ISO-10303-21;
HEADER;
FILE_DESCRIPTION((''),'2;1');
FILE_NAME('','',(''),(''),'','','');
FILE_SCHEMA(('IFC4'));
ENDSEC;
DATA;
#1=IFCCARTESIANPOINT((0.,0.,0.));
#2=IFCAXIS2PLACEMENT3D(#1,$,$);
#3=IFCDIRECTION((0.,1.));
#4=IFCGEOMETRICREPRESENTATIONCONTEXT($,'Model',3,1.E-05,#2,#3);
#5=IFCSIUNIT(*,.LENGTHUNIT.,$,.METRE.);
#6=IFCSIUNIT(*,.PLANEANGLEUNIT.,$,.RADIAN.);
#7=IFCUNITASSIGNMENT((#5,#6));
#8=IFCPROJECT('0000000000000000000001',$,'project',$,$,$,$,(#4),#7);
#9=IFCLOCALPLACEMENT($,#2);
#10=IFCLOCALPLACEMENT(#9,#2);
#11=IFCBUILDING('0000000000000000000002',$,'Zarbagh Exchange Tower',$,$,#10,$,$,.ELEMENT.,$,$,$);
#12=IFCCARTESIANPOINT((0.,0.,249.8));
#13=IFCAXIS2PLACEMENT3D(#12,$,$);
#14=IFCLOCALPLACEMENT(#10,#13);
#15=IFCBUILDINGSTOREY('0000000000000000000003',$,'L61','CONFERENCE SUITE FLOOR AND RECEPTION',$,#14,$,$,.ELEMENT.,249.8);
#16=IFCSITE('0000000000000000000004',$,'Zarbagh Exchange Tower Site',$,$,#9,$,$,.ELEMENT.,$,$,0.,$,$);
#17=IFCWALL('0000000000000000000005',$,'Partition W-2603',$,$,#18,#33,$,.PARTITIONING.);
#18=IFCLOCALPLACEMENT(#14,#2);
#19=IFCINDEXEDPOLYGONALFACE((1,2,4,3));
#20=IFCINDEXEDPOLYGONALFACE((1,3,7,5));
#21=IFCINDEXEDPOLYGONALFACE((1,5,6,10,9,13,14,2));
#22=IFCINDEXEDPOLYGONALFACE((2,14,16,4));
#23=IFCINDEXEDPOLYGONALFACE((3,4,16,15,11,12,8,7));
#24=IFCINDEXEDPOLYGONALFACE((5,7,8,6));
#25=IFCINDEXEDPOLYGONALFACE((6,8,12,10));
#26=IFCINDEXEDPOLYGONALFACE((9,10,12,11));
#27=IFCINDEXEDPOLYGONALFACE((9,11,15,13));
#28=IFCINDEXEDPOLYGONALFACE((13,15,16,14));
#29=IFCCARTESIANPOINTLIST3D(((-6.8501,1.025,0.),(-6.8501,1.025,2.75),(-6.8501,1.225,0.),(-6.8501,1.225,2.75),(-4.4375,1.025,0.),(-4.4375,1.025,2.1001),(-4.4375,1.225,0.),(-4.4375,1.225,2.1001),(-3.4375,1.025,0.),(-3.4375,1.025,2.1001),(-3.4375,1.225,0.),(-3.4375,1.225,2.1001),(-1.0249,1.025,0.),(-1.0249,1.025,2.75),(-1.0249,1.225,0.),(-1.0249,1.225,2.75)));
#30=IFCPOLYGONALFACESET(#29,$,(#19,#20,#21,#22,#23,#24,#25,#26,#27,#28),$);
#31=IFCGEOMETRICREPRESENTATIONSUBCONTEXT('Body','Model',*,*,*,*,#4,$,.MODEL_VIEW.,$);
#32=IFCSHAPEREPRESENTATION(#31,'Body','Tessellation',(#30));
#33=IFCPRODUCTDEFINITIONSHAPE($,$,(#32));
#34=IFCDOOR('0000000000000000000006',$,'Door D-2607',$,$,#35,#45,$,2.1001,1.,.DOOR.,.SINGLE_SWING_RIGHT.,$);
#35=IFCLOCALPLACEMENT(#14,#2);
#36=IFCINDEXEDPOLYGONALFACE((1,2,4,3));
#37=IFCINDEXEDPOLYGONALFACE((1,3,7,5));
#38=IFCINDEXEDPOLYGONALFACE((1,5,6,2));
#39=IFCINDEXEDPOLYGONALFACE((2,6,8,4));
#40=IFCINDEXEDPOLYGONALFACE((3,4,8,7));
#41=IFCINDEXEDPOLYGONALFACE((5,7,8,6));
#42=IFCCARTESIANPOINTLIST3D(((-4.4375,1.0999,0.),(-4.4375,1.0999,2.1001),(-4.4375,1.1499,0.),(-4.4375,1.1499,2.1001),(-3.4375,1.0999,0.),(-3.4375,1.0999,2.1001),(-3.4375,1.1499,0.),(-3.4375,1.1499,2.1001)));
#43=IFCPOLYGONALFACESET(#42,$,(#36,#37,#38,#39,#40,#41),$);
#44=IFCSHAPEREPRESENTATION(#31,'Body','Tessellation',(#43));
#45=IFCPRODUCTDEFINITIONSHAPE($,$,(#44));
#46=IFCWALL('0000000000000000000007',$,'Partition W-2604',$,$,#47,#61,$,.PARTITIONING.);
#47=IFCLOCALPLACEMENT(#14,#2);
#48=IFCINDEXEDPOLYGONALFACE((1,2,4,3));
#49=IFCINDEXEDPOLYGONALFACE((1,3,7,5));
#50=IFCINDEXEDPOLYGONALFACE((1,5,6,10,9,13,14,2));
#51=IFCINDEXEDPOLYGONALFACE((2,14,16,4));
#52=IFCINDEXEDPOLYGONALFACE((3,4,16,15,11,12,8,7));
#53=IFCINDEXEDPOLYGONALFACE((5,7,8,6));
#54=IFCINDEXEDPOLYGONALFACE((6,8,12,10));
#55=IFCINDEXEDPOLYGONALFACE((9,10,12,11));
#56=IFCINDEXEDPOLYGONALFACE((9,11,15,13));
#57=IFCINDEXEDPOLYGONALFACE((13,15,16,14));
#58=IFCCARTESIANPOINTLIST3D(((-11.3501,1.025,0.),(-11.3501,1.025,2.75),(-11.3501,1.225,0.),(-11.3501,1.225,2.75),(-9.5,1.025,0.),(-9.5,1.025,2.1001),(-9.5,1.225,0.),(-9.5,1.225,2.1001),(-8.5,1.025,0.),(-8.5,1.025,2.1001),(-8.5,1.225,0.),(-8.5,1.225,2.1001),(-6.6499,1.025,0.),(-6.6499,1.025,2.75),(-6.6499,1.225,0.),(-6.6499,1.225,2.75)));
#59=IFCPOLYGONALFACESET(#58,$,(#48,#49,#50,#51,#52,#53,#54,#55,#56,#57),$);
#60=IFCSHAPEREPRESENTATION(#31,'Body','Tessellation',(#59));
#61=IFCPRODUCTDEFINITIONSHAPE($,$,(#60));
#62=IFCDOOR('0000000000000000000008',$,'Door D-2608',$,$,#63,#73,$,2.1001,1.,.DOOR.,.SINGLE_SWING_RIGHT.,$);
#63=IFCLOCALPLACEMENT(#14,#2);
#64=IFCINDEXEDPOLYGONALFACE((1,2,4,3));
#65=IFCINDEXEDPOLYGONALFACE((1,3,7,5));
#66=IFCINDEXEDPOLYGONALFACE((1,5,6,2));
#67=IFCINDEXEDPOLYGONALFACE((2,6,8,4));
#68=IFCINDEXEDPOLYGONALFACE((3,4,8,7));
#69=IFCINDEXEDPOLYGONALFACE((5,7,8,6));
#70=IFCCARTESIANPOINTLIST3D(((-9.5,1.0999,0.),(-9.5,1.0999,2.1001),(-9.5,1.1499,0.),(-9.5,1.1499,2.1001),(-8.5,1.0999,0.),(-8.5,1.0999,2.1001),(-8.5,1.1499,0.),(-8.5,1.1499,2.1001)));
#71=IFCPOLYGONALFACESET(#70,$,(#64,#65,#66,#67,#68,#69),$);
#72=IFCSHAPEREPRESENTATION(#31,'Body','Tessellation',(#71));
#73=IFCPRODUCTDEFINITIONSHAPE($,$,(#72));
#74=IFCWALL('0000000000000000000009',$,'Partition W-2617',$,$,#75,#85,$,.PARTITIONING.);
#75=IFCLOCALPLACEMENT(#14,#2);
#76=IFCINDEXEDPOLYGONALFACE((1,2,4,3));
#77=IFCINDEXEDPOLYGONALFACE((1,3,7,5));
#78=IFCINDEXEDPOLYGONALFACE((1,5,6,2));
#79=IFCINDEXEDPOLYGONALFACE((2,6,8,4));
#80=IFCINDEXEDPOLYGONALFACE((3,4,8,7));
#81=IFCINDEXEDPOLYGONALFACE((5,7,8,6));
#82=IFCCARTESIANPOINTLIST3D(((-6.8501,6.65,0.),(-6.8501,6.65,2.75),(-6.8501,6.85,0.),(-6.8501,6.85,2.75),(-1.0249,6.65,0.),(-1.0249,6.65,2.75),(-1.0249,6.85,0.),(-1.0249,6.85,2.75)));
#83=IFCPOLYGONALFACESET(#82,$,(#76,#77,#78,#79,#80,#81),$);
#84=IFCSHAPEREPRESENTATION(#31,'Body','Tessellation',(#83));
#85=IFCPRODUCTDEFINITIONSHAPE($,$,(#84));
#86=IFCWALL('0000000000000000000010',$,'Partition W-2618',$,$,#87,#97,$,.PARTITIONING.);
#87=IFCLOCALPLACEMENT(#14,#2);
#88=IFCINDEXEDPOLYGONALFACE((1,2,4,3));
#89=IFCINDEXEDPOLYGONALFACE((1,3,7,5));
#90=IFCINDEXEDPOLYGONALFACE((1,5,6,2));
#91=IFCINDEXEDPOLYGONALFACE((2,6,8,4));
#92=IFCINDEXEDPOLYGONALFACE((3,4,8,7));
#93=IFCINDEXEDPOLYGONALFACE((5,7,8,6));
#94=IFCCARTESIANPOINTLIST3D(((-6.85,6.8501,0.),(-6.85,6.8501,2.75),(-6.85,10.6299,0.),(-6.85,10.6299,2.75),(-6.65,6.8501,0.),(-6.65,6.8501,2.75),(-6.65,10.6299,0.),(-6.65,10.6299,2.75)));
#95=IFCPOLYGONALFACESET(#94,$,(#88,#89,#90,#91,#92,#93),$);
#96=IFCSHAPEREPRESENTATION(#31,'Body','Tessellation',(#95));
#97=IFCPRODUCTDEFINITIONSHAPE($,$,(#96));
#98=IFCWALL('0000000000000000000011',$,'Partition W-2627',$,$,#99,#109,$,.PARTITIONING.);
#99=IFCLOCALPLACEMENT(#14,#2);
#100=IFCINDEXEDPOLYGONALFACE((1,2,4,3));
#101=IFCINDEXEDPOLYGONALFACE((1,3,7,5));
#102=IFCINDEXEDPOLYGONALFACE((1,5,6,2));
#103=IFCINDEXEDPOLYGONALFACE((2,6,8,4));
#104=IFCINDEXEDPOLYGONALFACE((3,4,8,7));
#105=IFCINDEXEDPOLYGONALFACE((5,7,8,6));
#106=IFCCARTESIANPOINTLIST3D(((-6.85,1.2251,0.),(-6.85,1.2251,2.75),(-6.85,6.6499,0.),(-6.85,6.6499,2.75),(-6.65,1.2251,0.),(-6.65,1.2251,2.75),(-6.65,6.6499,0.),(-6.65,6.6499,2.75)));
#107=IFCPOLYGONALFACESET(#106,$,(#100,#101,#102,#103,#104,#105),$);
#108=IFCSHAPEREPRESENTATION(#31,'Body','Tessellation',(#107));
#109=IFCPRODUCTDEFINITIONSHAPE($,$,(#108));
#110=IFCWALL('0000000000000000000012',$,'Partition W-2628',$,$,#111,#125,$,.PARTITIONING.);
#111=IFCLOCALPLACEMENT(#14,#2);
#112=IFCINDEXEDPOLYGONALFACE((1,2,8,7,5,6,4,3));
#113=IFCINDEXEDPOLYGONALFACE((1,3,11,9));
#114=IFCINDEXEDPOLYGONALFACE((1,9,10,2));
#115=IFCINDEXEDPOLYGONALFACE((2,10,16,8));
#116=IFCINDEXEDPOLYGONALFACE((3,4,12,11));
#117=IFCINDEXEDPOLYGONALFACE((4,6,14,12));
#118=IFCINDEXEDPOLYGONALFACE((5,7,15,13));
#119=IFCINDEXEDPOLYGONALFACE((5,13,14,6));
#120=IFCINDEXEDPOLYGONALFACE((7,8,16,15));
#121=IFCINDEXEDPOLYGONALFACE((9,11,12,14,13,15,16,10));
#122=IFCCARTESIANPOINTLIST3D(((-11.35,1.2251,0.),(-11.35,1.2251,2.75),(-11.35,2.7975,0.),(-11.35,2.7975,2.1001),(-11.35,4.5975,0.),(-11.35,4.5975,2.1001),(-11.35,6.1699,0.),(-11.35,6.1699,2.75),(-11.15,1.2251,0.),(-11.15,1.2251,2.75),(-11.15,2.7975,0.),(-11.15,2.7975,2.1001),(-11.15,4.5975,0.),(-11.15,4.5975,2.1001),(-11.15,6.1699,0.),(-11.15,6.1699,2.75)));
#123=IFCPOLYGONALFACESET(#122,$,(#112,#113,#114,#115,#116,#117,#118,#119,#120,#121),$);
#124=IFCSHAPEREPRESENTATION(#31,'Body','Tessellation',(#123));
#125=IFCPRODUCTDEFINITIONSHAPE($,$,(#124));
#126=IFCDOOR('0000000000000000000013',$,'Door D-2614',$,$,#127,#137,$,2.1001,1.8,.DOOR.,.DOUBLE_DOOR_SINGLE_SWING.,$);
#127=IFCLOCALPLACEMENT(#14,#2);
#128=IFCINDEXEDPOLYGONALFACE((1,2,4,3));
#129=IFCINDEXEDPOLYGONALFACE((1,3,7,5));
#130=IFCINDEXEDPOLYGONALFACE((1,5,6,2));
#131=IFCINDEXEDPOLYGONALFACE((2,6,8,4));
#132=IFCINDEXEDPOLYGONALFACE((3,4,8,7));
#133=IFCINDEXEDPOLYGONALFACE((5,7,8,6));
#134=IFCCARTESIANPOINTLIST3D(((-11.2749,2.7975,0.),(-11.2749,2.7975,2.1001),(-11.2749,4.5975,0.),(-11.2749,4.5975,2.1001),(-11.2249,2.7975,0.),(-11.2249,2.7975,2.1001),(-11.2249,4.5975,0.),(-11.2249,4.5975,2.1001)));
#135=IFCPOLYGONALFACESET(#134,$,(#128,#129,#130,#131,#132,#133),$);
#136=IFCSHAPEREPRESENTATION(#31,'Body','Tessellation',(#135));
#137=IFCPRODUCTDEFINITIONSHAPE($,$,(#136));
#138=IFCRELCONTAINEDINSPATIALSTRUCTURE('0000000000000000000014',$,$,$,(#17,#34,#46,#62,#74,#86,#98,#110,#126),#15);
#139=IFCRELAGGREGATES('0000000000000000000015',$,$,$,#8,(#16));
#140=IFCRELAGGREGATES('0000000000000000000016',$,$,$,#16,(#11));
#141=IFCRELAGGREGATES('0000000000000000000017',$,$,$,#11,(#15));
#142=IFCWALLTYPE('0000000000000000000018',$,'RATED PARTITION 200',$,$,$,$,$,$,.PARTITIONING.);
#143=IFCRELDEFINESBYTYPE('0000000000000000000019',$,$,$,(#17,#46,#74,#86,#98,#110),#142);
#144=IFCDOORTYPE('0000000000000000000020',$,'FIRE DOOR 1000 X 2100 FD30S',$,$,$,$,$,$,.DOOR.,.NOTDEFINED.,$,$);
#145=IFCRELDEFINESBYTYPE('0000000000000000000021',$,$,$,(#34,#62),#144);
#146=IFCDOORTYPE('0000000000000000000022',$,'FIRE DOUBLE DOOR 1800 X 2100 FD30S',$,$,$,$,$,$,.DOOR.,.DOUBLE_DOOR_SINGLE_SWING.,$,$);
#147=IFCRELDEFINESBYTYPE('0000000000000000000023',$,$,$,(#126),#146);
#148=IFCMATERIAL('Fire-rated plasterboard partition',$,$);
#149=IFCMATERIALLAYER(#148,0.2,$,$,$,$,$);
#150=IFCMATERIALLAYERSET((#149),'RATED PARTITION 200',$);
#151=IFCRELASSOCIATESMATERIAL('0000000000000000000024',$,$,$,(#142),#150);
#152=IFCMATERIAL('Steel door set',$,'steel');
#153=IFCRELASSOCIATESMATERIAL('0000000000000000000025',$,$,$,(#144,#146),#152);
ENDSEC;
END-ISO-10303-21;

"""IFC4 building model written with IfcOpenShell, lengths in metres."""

from ifc_helpers import new_model, si_unit, direction, frame, frame_2d, origin, place, context, subcontext, project, spatial, rectangle, extrude, material, layer, layer_set, type_object, element, fill, save


model = new_model("IFC4")

# Units and contexts
model_context = context("Model", 3, precision=1e-05, world=origin(), true_north=direction((0.0, 1.0)))
body_context = subcontext(model_context, "Body", "Model", "MODEL_VIEW")
ifc_project = project(units=[si_unit("LENGTHUNIT", "METRE"), si_unit("PLANEANGLEUNIT", "RADIAN")], contexts=[model_context])

# Site, building, storey
site_placement = place(None, origin())
site = spatial("IfcSite", under=ifc_project, at=site_placement, Name="Zarbagh Exchange Tower Site", CompositionType="ELEMENT", RefElevation=0.0)
building_placement = place(site_placement, origin())
building = spatial("IfcBuilding", under=site, at=building_placement, Name="Zarbagh Exchange Tower", CompositionType="ELEMENT")
storey_placement = place(building_placement, frame((0.0, 0.0, 249.8)))
storey = spatial("IfcBuildingStorey", under=building, at=storey_placement, Name="L61", Description="CONFERENCE SUITE FLOOR AND RECEPTION", CompositionType="ELEMENT", Elevation=249.8)

# Walls, openings, doors
ifc_material_1 = material(Name="Fire-rated plasterboard partition")
ifc_layer = layer(ifc_material_1, 0.2)
ifc_layer_set = layer_set([ifc_layer], Name="RATED PARTITION 200")
wall_type = type_object("IfcWallType", Name="RATED PARTITION 200", PredefinedType="PARTITIONING", material=ifc_layer_set)
wall_1_placement = place(storey_placement, frame((-6.8501, 1.125, 0.0), z_axis=(0.0, 0.0, 1.0), x_axis=(1.0, 0.0, 0.0)))
wall_1 = element("IfcWall", 1, at=wall_1_placement, inside=storey, type_object=wall_type, Name="Partition W-2603", PredefinedType="PARTITIONING", context=body_context, shape_type="SweptSolid", body=[
    extrude(rectangle(XDim=5.8252, YDim=0.2, at=frame_2d((2.9126, 0.0))), origin(), (0.0, 0.0, 1.0), 2.75),
])
opening_1_placement = place(wall_1_placement, frame((2.4126, 0.0, 0.0)))
opening_1 = element("IfcOpeningElement", 2, at=opening_1_placement, cuts=wall_1, PredefinedType="OPENING", context=body_context, shape_type="SweptSolid", body=[
    extrude(rectangle(XDim=1.0, YDim=2.1001, at=frame_2d((0.5, 1.05))), frame((0.0, 0.1099, 0.0), z_axis=(0.0, -1.0, 0.0), x_axis=(1.0, 0.0, 0.0)), (0.0, 0.0, 1.0), 0.22),
])
ifc_material_2 = material(Name="Steel door set", Category="steel")
door_type_1 = type_object("IfcDoorType", Name="FIRE DOOR 1000 X 2100 FD30S", OperationType="NOTDEFINED", PredefinedType="DOOR", material=ifc_material_2)
door_1_placement = place(opening_1_placement, origin())
door_1 = element("IfcDoor", 3, at=door_1_placement, inside=storey, type_object=door_type_1, Name="Door D-2607", OperationType="SINGLE_SWING_RIGHT", OverallHeight=2.1001, OverallWidth=1.0, PredefinedType="DOOR", context=body_context, shape_type="SweptSolid", body=[
    extrude(rectangle(XDim=1.0, YDim=2.1001, at=frame_2d((0.5, 1.05))), frame((0.0, 0.0249, 0.0), z_axis=(0.0, -1.0, 0.0), x_axis=(1.0, 0.0, 0.0)), (0.0, 0.0, 1.0), 0.05),
])
fill(opening_1, door_1)
wall_2_placement = place(storey_placement, frame((-11.3501, 1.125, 0.0), z_axis=(0.0, 0.0, 1.0), x_axis=(1.0, 0.0, 0.0)))
wall_2 = element("IfcWall", 4, at=wall_2_placement, inside=storey, type_object=wall_type, Name="Partition W-2604", PredefinedType="PARTITIONING", context=body_context, shape_type="SweptSolid", body=[
    extrude(rectangle(XDim=4.7002, YDim=0.2, at=frame_2d((2.3501, 0.0))), origin(), (0.0, 0.0, 1.0), 2.75),
])
opening_2_placement = place(wall_2_placement, frame((1.8501, 0.0, 0.0)))
opening_2 = element("IfcOpeningElement", 5, at=opening_2_placement, cuts=wall_2, PredefinedType="OPENING", context=body_context, shape_type="SweptSolid", body=[
    extrude(rectangle(XDim=1.0, YDim=2.1001, at=frame_2d((0.5, 1.05))), frame((0.0, 0.1099, 0.0), z_axis=(0.0, -1.0, 0.0), x_axis=(1.0, 0.0, 0.0)), (0.0, 0.0, 1.0), 0.22),
])
door_2_placement = place(opening_2_placement, origin())
door_2 = element("IfcDoor", 6, at=door_2_placement, inside=storey, type_object=door_type_1, Name="Door D-2608", OperationType="SINGLE_SWING_RIGHT", OverallHeight=2.1001, OverallWidth=1.0, PredefinedType="DOOR", context=body_context, shape_type="SweptSolid", body=[
    extrude(rectangle(XDim=1.0, YDim=2.1001, at=frame_2d((0.5, 1.05))), frame((0.0, 0.0249, 0.0), z_axis=(0.0, -1.0, 0.0), x_axis=(1.0, 0.0, 0.0)), (0.0, 0.0, 1.0), 0.05),
])
fill(opening_2, door_2)

# Walls
wall_3_placement = place(storey_placement, frame((-6.8501, 6.75, 0.0), z_axis=(0.0, 0.0, 1.0), x_axis=(1.0, 0.0, 0.0)))
element("IfcWall", 7, at=wall_3_placement, inside=storey, type_object=wall_type, Name="Partition W-2617", PredefinedType="PARTITIONING", context=body_context, shape_type="SweptSolid", body=[
    extrude(rectangle(XDim=5.8252, YDim=0.2, at=frame_2d((2.9126, 0.0))), origin(), (0.0, 0.0, 1.0), 2.75),
])
wall_4_placement = place(storey_placement, frame((-6.75, 6.8501, 0.0), z_axis=(0.0, 0.0, 1.0), x_axis=(0.0, 1.0, 0.0)))
element("IfcWall", 8, at=wall_4_placement, inside=storey, type_object=wall_type, Name="Partition W-2618", PredefinedType="PARTITIONING", context=body_context, shape_type="SweptSolid", body=[
    extrude(rectangle(XDim=3.7798, YDim=0.2, at=frame_2d((1.8899, 0.0))), origin(), (0.0, 0.0, 1.0), 2.75),
])
wall_5_placement = place(storey_placement, frame((-6.75, 1.2251, 0.0), z_axis=(0.0, 0.0, 1.0), x_axis=(0.0, 1.0, 0.0)))
element("IfcWall", 9, at=wall_5_placement, inside=storey, type_object=wall_type, Name="Partition W-2627", PredefinedType="PARTITIONING", context=body_context, shape_type="SweptSolid", body=[
    extrude(rectangle(XDim=5.4248, YDim=0.2, at=frame_2d((2.7124, 0.0))), origin(), (0.0, 0.0, 1.0), 2.75),
])

# Wall, opening, door
wall_6_placement = place(storey_placement, frame((-11.25, 1.2251, 0.0), z_axis=(0.0, 0.0, 1.0), x_axis=(0.0, 1.0, 0.0)))
wall_6 = element("IfcWall", 10, at=wall_6_placement, inside=storey, type_object=wall_type, Name="Partition W-2628", PredefinedType="PARTITIONING", context=body_context, shape_type="SweptSolid", body=[
    extrude(rectangle(XDim=4.9448, YDim=0.2, at=frame_2d((2.4724, 0.0))), origin(), (0.0, 0.0, 1.0), 2.75),
])
opening_3_placement = place(wall_6_placement, frame((1.5725, 0.0, 0.0)))
opening_3 = element("IfcOpeningElement", 11, at=opening_3_placement, cuts=wall_6, PredefinedType="OPENING", context=body_context, shape_type="SweptSolid", body=[
    extrude(rectangle(XDim=1.8, YDim=2.1001, at=frame_2d((0.8999, 1.05))), frame((0.0, 0.1099, 0.0), z_axis=(0.0, -1.0, 0.0), x_axis=(1.0, 0.0, 0.0)), (0.0, 0.0, 1.0), 0.22),
])
door_type_2 = type_object("IfcDoorType", Name="FIRE DOUBLE DOOR 1800 X 2100 FD30S", OperationType="DOUBLE_DOOR_SINGLE_SWING", PredefinedType="DOOR", material=ifc_material_2)
door_3_placement = place(opening_3_placement, origin())
door_3 = element("IfcDoor", 12, at=door_3_placement, inside=storey, type_object=door_type_2, Name="Door D-2614", OperationType="DOUBLE_DOOR_SINGLE_SWING", OverallHeight=2.1001, OverallWidth=1.8, PredefinedType="DOOR", context=body_context, shape_type="SweptSolid", body=[
    extrude(rectangle(XDim=1.8, YDim=2.1001, at=frame_2d((0.8999, 1.05))), frame((0.0, 0.0249, 0.0), z_axis=(0.0, -1.0, 0.0), x_axis=(1.0, 0.0, 0.0)), (0.0, 0.0, 1.0), 0.05),
])
fill(opening_3, door_3)

save(model, "model.ifc")
